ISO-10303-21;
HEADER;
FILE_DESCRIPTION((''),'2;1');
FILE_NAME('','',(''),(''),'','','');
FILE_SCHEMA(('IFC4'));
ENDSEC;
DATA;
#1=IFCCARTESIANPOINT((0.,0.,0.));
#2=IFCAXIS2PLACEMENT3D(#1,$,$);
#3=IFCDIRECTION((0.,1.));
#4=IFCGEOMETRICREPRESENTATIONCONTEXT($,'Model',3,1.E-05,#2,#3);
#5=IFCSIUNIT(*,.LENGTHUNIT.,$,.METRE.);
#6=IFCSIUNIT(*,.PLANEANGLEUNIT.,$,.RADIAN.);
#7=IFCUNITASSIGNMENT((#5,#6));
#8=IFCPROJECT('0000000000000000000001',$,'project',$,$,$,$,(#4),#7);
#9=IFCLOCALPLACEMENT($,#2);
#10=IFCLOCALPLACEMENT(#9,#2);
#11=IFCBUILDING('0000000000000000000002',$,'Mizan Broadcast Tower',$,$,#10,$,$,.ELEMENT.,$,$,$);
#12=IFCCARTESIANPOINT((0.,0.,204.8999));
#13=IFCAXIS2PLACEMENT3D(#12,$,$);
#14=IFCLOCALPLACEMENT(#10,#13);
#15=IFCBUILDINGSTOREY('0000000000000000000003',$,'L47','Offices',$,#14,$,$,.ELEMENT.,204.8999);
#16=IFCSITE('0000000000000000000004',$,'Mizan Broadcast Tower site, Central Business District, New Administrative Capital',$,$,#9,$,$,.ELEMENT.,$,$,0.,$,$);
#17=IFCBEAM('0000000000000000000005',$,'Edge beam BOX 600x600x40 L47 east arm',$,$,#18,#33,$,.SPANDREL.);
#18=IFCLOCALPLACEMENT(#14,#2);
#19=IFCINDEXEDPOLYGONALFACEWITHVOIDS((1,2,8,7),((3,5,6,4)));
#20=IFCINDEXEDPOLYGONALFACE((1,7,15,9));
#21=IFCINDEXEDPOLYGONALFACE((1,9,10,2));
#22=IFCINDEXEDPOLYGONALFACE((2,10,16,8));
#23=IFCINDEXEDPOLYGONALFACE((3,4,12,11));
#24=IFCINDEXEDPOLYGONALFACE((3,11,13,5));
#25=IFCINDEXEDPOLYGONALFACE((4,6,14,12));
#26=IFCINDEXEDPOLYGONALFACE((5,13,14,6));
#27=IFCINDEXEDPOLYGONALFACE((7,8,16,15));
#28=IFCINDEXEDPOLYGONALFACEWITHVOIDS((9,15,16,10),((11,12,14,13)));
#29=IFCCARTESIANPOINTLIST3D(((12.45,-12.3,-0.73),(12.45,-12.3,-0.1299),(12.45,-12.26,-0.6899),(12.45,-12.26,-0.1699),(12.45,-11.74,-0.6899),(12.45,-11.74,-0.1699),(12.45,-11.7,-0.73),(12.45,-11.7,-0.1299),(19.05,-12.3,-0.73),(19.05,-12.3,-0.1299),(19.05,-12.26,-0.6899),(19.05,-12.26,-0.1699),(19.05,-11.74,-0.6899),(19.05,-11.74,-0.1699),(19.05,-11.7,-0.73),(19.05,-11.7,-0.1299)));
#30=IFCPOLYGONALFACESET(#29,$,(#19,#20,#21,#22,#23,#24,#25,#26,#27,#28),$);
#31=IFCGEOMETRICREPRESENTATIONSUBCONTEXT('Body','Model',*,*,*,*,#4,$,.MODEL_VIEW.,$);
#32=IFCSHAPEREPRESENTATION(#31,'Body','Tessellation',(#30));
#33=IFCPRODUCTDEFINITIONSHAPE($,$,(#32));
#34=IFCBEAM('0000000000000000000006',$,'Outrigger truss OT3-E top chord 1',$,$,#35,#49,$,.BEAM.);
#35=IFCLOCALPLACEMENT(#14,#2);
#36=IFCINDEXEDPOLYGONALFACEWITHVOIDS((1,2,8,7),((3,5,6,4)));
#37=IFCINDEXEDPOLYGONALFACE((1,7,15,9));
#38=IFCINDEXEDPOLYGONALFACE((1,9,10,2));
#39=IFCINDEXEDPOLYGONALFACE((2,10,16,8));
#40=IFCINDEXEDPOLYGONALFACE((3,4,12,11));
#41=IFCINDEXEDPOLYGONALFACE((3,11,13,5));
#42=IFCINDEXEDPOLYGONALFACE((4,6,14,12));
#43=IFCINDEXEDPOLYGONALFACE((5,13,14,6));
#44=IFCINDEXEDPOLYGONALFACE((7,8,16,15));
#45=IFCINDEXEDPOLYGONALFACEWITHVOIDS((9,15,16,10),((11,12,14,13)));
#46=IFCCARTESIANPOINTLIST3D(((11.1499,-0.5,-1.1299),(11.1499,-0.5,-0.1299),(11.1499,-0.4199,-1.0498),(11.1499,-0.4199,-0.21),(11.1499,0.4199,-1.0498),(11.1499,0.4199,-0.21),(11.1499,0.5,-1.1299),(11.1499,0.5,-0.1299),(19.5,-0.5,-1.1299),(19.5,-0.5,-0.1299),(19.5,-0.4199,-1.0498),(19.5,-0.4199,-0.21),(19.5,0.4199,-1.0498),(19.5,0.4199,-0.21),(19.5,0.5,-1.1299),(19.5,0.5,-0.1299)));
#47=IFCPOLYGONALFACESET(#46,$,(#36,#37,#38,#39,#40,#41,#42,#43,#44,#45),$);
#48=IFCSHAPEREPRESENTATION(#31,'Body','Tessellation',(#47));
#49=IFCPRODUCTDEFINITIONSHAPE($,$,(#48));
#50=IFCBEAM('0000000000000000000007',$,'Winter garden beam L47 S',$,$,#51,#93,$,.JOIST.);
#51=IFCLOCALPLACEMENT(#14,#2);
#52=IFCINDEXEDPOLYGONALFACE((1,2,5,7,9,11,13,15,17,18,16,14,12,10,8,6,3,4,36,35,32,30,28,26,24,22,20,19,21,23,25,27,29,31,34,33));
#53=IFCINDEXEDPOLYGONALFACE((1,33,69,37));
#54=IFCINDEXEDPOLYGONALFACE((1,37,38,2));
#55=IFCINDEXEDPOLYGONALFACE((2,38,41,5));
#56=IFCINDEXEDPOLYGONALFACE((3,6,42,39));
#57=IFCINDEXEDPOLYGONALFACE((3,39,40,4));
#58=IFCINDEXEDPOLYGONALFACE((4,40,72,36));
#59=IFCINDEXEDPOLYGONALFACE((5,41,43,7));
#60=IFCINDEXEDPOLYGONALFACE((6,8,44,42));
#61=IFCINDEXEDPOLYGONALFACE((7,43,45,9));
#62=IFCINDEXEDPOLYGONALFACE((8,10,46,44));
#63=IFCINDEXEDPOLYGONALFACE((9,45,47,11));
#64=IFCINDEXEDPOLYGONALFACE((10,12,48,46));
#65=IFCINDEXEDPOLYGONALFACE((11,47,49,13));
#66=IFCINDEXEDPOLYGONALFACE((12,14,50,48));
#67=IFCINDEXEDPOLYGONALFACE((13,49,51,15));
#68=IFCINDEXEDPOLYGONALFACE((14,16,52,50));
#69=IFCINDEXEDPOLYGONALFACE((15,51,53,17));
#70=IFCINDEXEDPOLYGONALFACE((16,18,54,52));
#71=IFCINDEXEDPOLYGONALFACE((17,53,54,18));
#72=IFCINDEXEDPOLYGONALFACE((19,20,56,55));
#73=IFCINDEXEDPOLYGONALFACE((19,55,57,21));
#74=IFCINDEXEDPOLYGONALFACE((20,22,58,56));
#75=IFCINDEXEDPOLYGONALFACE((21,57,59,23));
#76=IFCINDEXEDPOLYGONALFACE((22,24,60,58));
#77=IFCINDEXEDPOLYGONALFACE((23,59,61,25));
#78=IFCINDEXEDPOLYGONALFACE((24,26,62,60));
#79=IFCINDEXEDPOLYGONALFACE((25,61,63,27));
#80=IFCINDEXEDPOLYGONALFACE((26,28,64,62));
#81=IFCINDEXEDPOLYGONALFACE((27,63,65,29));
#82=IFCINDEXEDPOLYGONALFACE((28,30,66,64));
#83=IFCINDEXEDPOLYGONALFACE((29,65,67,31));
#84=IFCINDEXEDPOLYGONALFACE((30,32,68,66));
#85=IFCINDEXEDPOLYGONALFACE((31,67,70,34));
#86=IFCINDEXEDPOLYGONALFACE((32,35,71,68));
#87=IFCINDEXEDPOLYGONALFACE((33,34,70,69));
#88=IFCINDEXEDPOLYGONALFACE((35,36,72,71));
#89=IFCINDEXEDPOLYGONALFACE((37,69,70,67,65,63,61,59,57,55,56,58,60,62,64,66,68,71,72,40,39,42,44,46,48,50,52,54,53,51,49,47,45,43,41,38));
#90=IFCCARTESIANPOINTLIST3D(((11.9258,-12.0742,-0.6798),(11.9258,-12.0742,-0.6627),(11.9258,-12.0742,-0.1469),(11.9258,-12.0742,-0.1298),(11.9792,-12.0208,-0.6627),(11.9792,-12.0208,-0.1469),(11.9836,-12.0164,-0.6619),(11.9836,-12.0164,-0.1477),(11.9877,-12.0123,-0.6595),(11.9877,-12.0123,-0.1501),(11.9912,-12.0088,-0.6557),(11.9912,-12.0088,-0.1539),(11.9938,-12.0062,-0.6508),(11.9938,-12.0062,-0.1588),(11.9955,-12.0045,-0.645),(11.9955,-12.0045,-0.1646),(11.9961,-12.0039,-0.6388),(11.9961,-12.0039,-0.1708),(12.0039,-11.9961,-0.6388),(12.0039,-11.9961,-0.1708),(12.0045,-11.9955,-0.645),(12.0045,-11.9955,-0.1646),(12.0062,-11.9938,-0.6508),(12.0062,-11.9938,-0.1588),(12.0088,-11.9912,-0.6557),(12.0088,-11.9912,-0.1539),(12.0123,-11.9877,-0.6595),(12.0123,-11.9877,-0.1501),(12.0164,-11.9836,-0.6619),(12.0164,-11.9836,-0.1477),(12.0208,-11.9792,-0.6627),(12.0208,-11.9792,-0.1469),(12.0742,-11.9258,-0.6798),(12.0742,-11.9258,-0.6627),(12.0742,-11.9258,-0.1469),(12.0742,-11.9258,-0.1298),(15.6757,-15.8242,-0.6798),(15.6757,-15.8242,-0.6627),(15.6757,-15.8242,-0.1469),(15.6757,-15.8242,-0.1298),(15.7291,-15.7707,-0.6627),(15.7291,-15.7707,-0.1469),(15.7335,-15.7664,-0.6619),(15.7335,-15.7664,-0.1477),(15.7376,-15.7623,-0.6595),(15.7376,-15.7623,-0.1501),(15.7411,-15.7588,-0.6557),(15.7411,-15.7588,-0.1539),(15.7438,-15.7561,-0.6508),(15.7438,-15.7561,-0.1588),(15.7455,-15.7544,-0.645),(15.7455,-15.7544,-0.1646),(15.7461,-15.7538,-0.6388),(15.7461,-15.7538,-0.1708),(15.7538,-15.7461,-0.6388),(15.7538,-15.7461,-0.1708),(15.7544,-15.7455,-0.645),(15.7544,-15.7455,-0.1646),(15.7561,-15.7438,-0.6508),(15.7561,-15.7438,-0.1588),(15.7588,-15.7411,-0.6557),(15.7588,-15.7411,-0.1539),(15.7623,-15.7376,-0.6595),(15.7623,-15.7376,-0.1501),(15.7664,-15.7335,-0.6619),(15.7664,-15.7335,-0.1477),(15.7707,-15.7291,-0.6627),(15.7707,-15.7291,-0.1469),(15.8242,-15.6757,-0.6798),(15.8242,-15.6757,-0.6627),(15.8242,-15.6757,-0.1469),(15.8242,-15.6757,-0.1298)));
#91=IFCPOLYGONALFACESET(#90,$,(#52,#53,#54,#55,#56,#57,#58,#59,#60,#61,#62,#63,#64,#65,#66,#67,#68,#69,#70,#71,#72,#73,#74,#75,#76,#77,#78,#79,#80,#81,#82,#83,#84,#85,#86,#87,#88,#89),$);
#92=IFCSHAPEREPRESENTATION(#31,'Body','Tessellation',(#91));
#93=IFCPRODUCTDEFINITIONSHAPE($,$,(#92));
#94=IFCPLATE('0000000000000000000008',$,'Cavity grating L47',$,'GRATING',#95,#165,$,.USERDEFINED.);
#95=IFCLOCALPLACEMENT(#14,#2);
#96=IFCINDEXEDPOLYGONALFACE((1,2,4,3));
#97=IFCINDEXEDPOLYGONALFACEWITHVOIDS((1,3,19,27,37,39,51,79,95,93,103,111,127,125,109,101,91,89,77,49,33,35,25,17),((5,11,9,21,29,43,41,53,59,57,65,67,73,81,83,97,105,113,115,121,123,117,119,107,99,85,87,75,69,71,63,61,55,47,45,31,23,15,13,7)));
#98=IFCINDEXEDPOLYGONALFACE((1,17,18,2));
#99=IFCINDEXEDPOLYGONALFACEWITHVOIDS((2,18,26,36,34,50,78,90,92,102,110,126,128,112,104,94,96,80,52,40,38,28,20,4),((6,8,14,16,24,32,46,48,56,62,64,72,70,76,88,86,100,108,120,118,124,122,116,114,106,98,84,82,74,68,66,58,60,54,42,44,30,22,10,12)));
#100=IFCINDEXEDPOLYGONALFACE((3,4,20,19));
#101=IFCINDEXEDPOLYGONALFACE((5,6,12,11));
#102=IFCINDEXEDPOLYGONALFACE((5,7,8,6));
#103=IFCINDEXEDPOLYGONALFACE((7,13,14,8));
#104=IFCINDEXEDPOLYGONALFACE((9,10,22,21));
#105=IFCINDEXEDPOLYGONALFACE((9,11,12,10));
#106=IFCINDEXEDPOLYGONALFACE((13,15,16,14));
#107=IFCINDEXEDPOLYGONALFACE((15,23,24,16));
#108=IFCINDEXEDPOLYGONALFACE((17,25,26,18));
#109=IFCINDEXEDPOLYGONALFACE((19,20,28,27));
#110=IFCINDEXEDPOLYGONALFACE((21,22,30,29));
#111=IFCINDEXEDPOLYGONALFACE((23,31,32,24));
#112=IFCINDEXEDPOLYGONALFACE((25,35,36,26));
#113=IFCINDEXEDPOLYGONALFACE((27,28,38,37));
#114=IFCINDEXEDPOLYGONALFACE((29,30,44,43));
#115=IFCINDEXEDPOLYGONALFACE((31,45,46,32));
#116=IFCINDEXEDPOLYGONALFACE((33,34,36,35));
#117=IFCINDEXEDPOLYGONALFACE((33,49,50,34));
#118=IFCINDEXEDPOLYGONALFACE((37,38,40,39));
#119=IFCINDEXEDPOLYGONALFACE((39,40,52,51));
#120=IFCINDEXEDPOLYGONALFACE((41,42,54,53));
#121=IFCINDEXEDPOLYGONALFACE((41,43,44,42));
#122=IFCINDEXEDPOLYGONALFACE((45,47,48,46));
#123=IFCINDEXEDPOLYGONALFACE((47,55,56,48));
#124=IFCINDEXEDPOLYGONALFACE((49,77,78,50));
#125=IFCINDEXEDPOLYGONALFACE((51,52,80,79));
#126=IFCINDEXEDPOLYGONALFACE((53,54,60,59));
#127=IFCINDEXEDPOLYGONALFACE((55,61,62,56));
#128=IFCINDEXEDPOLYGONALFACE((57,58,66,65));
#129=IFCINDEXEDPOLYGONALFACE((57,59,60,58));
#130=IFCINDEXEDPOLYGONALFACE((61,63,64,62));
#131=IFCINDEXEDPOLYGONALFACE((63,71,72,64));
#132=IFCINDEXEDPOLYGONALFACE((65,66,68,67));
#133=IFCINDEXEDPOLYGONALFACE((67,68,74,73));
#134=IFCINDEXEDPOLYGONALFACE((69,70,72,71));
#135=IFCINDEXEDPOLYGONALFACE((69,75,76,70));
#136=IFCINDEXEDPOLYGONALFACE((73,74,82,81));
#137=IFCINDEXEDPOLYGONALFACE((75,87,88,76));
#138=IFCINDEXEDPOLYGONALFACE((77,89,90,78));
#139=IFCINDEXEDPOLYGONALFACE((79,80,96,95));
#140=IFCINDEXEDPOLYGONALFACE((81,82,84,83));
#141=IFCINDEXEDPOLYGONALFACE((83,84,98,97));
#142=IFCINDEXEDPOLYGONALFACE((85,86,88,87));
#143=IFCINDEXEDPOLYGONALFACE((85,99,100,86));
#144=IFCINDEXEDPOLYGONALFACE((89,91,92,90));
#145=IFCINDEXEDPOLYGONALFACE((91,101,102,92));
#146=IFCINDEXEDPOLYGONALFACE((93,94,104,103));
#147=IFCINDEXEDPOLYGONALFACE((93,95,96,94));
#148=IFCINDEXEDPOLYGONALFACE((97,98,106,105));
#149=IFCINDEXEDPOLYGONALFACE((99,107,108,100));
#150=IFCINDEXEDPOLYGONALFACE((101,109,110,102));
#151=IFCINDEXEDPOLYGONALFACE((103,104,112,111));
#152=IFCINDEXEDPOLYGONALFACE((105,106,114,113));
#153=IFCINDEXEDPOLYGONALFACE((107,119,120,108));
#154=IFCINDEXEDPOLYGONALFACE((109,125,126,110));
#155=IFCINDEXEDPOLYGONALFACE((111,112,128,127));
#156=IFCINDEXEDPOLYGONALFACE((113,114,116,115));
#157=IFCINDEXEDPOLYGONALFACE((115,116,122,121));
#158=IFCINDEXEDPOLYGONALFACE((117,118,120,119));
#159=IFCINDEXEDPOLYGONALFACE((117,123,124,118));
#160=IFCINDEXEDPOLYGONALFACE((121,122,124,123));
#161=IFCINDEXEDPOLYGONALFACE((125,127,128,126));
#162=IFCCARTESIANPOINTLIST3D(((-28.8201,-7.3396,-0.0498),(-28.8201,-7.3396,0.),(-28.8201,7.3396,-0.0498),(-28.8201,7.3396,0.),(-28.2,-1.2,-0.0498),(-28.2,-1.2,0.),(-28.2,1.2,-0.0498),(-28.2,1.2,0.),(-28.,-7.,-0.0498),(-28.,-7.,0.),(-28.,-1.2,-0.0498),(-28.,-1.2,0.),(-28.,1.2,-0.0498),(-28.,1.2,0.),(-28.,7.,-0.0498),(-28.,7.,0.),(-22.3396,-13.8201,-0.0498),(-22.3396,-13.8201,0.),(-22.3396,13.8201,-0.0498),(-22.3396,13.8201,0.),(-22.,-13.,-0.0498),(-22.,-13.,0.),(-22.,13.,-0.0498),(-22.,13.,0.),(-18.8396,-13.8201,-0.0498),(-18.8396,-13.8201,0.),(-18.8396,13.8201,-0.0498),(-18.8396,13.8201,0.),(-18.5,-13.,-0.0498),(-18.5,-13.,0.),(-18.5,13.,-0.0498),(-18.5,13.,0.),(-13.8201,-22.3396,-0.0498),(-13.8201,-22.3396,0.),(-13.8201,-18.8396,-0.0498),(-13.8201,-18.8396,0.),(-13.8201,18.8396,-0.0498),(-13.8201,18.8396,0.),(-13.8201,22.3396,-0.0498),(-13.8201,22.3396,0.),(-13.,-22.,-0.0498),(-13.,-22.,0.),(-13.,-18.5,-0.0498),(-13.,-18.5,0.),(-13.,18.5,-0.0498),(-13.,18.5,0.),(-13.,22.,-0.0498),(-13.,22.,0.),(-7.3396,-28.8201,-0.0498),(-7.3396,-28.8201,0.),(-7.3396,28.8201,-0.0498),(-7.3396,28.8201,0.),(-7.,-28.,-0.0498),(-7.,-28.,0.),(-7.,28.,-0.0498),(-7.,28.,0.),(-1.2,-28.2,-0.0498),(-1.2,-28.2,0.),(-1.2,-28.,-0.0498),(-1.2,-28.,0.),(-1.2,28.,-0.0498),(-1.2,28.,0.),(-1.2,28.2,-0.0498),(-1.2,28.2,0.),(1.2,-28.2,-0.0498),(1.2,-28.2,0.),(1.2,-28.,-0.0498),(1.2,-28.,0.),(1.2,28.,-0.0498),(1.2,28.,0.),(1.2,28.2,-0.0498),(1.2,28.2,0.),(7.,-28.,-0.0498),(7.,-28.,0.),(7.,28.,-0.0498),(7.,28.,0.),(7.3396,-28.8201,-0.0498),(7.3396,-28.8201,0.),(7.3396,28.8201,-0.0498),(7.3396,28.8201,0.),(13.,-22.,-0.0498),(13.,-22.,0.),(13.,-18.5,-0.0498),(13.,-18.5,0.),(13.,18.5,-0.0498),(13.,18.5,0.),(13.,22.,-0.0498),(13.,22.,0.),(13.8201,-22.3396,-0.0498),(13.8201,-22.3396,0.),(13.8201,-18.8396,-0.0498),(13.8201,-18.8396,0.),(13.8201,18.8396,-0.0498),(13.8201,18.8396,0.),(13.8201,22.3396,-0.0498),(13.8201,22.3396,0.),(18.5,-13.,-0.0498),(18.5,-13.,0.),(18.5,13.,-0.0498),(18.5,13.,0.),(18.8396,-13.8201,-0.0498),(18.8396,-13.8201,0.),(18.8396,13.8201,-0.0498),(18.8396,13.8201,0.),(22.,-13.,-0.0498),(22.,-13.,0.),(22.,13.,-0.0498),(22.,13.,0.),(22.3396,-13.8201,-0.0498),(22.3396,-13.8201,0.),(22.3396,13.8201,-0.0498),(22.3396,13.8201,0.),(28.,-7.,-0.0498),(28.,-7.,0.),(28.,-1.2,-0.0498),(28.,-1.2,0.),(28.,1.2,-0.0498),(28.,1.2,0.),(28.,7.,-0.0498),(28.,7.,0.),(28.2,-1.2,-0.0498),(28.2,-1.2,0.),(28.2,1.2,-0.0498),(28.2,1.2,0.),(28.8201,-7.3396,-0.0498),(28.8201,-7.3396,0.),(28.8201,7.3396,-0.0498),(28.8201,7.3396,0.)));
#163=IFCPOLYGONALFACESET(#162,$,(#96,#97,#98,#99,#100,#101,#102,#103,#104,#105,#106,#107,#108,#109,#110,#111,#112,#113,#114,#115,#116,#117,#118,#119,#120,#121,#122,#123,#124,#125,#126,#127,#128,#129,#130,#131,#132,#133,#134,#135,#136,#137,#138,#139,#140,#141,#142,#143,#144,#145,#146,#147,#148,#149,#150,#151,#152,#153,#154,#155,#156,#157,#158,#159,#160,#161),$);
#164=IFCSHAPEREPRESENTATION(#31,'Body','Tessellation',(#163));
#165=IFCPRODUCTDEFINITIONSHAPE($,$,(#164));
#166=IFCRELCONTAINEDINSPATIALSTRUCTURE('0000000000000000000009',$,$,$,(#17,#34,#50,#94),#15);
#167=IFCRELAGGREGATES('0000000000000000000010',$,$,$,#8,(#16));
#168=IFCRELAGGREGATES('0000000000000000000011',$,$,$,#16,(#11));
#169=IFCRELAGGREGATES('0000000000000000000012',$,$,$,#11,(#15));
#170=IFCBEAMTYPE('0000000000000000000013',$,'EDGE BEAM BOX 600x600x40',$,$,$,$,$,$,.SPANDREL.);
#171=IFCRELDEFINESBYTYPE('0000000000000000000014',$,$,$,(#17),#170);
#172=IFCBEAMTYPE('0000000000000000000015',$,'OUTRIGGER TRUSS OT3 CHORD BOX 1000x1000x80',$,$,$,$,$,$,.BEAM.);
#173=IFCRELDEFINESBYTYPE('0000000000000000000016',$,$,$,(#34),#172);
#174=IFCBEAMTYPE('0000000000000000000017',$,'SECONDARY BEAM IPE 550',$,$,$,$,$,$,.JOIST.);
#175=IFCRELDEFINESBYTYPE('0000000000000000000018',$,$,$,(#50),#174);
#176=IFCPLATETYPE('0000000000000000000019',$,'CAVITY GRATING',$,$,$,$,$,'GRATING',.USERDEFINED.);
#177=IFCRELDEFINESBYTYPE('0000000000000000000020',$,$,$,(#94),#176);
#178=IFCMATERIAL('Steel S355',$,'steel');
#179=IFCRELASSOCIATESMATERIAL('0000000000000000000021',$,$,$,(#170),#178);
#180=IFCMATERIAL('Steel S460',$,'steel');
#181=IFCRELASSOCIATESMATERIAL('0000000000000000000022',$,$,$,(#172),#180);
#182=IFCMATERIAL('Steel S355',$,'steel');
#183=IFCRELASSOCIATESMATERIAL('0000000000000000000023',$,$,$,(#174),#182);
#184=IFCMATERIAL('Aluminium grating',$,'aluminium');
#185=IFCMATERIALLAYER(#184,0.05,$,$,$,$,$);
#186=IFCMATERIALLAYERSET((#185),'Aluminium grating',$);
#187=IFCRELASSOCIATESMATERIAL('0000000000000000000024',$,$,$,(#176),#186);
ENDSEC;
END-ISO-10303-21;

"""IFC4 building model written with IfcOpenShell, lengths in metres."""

from ifc_helpers import new_model, si_unit, direction, frame, origin, origin_2d, place, context, subcontext, project, spatial, polyline, hollow_rectangle, i_section, outline, extrude, material, layer, layer_set, material_profile, profile_set, type_object, element, save


model = new_model("IFC4")

# Units and contexts
model_context = context("Model", 3, precision=1e-05, world=origin(), true_north=direction((0.0, 1.0)))
body_context = subcontext(model_context, "Body", "Model", "MODEL_VIEW")
ifc_project = project(units=[si_unit("LENGTHUNIT", "METRE"), si_unit("PLANEANGLEUNIT", "RADIAN")], contexts=[model_context])

# Site, building, storey
site_placement = place(None, origin())
site = spatial("IfcSite", under=ifc_project, at=site_placement, Name="Mizan Broadcast Tower site, Central Business District, New Administrative Capital", CompositionType="ELEMENT", RefElevation=0.0)
building_placement = place(site_placement, origin())
building = spatial("IfcBuilding", under=site, at=building_placement, Name="Mizan Broadcast Tower", CompositionType="ELEMENT")
storey_placement = place(building_placement, frame((0.0, 0.0, 204.8999)))
storey = spatial("IfcBuildingStorey", under=building, at=storey_placement, Name="L47", Description="Offices", CompositionType="ELEMENT", Elevation=204.8999)

# Beams
ifc_material_1 = material(Name="Steel S355", Category="steel")
ifc_material_profile_1 = material_profile(ifc_material_1, hollow_rectangle(XDim=0.6001, YDim=0.6001, WallThickness=0.04, at=origin_2d()), Name="BOX 600x600x40")
ifc_profile_set_1 = profile_set([ifc_material_profile_1], Name="Steel S355")
beam_type_1 = type_object("IfcBeamType", Name="EDGE BEAM BOX 600x600x40", PredefinedType="SPANDREL", material=ifc_profile_set_1)
beam_1_placement = place(storey_placement, frame((12.45, -12.0, -0.4299), z_axis=(1.0, 0.0, 0.0), x_axis=(0.0, 1.0, 0.0)))
element("IfcBeam", 1, at=beam_1_placement, inside=storey, type_object=beam_type_1, Name="Edge beam BOX 600x600x40 L47 east arm", PredefinedType="SPANDREL", context=body_context, shape_type="SweptSolid", body=[
    extrude(hollow_rectangle(XDim=0.6001, YDim=0.6001, WallThickness=0.04, at=origin_2d()), origin(), (0.0, 0.0, 1.0), 6.6001),
])
ifc_material_2 = material(Name="Steel S460", Category="steel")
ifc_material_profile_2 = material_profile(ifc_material_2, hollow_rectangle(XDim=1.0, YDim=1.0, WallThickness=0.0801, at=origin_2d()), Name="BOX 1000x1000x80")
ifc_profile_set_2 = profile_set([ifc_material_profile_2], Name="Steel S460")
beam_type_2 = type_object("IfcBeamType", Name="OUTRIGGER TRUSS OT3 CHORD BOX 1000x1000x80", PredefinedType="BEAM", material=ifc_profile_set_2)
beam_2_placement = place(storey_placement, frame((11.1499, 0.0, -0.6299), z_axis=(1.0, 0.0, 0.0), x_axis=(0.0, 1.0, 0.0)))
element("IfcBeam", 2, at=beam_2_placement, inside=storey, type_object=beam_type_2, Name="Outrigger truss OT3-E top chord 1", PredefinedType="BEAM", context=body_context, shape_type="SweptSolid", body=[
    extrude(hollow_rectangle(XDim=1.0, YDim=1.0, WallThickness=0.0801, at=origin_2d()), origin(), (0.0, 0.0, 1.0), 8.3501),
])
ifc_material_3 = material(Name="Steel S355", Category="steel")
ifc_material_profile_3 = material_profile(ifc_material_3, i_section(OverallWidth=0.21, OverallDepth=0.55, WebThickness=0.011, FlangeThickness=0.0171, FilletRadius=0.0239, at=origin_2d()), Name="IPE 550")
ifc_profile_set_3 = profile_set([ifc_material_profile_3], Name="Steel S355")
beam_type_3 = type_object("IfcBeamType", Name="SECONDARY BEAM IPE 550", PredefinedType="JOIST", material=ifc_profile_set_3)
beam_3_placement = place(storey_placement, frame((12.0, -12.0, -0.4048), z_axis=(0.707107, -0.707107, 0.0), x_axis=(0.707107, 0.707107, 0.0)))
element("IfcBeam", 3, at=beam_3_placement, inside=storey, type_object=beam_type_3, Name="Winter garden beam L47 S", PredefinedType="JOIST", context=body_context, shape_type="SweptSolid", body=[
    extrude(i_section(OverallWidth=0.21, OverallDepth=0.55, WebThickness=0.011, FlangeThickness=0.0171, FilletRadius=0.0239, at=origin_2d()), origin(), (0.0, 0.0, 1.0), 5.3032),
])

# Plate
ifc_material_4 = material(Name="Aluminium grating", Category="aluminium")
ifc_layer_1 = layer(ifc_material_4, 0.05)
ifc_layer_set_1 = layer_set([ifc_layer_1], Name="Aluminium grating")
plate_type = type_object("IfcPlateType", Name="CAVITY GRATING", ElementType="GRATING", PredefinedType="USERDEFINED", material=ifc_layer_set_1)
plate_placement = place(storey_placement, frame((0.0, 0.0, -0.0498)))
element("IfcPlate", 4, at=plate_placement, inside=storey, type_object=plate_type, Name="Cavity grating L47", ObjectType="GRATING", PredefinedType="USERDEFINED", context=body_context, shape_type="SweptSolid", body=[
    extrude(outline(polyline([(13.8201, -18.8396), (18.8396, -13.8201), (22.3396, -13.8201), (28.8201, -7.3396), (28.8201, 7.3396), (22.3396, 13.8201), (18.8396, 13.8201), (13.8201, 18.8396), (13.8201, 22.3396), (7.3396, 28.8201), (-7.3396, 28.8201), (-13.8201, 22.3396), (-13.8201, 18.8396), (-18.8396, 13.8201), (-22.3396, 13.8201), (-28.8201, 7.3396), (-28.8201, -7.3396), (-22.3396, -13.8201), (-18.8396, -13.8201), (-13.8201, -18.8396), (-13.8201, -22.3396), (-7.3396, -28.8201), (7.3396, -28.8201), (13.8201, -22.3396), (13.8201, -18.8396)]), holes=[polyline([(28.0, -1.2), (28.0, -7.0), (22.0, -13.0), (18.5, -13.0), (13.0, -18.5), (13.0, -22.0), (7.0, -28.0), (1.2, -28.0), (1.2, -28.2), (-1.2, -28.2), (-1.2, -28.0), (-7.0, -28.0), (-13.0, -22.0), (-13.0, -18.5), (-18.5, -13.0), (-22.0, -13.0), (-28.0, -7.0), (-28.0, -1.2), (-28.2, -1.2), (-28.2, 1.2), (-28.0, 1.2), (-28.0, 7.0), (-22.0, 13.0), (-18.5, 13.0), (-13.0, 18.5), (-13.0, 22.0), (-7.0, 28.0), (-1.2, 28.0), (-1.2, 28.2), (1.2, 28.2), (1.2, 28.0), (7.0, 28.0), (13.0, 22.0), (13.0, 18.5), (18.5, 13.0), (22.0, 13.0), (28.0, 7.0), (28.0, 1.2), (28.2, 1.2), (28.2, -1.2), (28.0, -1.2)])]), origin(), (0.0, 0.0, 1.0), 0.0498),
])

save(model, "model.ifc")
